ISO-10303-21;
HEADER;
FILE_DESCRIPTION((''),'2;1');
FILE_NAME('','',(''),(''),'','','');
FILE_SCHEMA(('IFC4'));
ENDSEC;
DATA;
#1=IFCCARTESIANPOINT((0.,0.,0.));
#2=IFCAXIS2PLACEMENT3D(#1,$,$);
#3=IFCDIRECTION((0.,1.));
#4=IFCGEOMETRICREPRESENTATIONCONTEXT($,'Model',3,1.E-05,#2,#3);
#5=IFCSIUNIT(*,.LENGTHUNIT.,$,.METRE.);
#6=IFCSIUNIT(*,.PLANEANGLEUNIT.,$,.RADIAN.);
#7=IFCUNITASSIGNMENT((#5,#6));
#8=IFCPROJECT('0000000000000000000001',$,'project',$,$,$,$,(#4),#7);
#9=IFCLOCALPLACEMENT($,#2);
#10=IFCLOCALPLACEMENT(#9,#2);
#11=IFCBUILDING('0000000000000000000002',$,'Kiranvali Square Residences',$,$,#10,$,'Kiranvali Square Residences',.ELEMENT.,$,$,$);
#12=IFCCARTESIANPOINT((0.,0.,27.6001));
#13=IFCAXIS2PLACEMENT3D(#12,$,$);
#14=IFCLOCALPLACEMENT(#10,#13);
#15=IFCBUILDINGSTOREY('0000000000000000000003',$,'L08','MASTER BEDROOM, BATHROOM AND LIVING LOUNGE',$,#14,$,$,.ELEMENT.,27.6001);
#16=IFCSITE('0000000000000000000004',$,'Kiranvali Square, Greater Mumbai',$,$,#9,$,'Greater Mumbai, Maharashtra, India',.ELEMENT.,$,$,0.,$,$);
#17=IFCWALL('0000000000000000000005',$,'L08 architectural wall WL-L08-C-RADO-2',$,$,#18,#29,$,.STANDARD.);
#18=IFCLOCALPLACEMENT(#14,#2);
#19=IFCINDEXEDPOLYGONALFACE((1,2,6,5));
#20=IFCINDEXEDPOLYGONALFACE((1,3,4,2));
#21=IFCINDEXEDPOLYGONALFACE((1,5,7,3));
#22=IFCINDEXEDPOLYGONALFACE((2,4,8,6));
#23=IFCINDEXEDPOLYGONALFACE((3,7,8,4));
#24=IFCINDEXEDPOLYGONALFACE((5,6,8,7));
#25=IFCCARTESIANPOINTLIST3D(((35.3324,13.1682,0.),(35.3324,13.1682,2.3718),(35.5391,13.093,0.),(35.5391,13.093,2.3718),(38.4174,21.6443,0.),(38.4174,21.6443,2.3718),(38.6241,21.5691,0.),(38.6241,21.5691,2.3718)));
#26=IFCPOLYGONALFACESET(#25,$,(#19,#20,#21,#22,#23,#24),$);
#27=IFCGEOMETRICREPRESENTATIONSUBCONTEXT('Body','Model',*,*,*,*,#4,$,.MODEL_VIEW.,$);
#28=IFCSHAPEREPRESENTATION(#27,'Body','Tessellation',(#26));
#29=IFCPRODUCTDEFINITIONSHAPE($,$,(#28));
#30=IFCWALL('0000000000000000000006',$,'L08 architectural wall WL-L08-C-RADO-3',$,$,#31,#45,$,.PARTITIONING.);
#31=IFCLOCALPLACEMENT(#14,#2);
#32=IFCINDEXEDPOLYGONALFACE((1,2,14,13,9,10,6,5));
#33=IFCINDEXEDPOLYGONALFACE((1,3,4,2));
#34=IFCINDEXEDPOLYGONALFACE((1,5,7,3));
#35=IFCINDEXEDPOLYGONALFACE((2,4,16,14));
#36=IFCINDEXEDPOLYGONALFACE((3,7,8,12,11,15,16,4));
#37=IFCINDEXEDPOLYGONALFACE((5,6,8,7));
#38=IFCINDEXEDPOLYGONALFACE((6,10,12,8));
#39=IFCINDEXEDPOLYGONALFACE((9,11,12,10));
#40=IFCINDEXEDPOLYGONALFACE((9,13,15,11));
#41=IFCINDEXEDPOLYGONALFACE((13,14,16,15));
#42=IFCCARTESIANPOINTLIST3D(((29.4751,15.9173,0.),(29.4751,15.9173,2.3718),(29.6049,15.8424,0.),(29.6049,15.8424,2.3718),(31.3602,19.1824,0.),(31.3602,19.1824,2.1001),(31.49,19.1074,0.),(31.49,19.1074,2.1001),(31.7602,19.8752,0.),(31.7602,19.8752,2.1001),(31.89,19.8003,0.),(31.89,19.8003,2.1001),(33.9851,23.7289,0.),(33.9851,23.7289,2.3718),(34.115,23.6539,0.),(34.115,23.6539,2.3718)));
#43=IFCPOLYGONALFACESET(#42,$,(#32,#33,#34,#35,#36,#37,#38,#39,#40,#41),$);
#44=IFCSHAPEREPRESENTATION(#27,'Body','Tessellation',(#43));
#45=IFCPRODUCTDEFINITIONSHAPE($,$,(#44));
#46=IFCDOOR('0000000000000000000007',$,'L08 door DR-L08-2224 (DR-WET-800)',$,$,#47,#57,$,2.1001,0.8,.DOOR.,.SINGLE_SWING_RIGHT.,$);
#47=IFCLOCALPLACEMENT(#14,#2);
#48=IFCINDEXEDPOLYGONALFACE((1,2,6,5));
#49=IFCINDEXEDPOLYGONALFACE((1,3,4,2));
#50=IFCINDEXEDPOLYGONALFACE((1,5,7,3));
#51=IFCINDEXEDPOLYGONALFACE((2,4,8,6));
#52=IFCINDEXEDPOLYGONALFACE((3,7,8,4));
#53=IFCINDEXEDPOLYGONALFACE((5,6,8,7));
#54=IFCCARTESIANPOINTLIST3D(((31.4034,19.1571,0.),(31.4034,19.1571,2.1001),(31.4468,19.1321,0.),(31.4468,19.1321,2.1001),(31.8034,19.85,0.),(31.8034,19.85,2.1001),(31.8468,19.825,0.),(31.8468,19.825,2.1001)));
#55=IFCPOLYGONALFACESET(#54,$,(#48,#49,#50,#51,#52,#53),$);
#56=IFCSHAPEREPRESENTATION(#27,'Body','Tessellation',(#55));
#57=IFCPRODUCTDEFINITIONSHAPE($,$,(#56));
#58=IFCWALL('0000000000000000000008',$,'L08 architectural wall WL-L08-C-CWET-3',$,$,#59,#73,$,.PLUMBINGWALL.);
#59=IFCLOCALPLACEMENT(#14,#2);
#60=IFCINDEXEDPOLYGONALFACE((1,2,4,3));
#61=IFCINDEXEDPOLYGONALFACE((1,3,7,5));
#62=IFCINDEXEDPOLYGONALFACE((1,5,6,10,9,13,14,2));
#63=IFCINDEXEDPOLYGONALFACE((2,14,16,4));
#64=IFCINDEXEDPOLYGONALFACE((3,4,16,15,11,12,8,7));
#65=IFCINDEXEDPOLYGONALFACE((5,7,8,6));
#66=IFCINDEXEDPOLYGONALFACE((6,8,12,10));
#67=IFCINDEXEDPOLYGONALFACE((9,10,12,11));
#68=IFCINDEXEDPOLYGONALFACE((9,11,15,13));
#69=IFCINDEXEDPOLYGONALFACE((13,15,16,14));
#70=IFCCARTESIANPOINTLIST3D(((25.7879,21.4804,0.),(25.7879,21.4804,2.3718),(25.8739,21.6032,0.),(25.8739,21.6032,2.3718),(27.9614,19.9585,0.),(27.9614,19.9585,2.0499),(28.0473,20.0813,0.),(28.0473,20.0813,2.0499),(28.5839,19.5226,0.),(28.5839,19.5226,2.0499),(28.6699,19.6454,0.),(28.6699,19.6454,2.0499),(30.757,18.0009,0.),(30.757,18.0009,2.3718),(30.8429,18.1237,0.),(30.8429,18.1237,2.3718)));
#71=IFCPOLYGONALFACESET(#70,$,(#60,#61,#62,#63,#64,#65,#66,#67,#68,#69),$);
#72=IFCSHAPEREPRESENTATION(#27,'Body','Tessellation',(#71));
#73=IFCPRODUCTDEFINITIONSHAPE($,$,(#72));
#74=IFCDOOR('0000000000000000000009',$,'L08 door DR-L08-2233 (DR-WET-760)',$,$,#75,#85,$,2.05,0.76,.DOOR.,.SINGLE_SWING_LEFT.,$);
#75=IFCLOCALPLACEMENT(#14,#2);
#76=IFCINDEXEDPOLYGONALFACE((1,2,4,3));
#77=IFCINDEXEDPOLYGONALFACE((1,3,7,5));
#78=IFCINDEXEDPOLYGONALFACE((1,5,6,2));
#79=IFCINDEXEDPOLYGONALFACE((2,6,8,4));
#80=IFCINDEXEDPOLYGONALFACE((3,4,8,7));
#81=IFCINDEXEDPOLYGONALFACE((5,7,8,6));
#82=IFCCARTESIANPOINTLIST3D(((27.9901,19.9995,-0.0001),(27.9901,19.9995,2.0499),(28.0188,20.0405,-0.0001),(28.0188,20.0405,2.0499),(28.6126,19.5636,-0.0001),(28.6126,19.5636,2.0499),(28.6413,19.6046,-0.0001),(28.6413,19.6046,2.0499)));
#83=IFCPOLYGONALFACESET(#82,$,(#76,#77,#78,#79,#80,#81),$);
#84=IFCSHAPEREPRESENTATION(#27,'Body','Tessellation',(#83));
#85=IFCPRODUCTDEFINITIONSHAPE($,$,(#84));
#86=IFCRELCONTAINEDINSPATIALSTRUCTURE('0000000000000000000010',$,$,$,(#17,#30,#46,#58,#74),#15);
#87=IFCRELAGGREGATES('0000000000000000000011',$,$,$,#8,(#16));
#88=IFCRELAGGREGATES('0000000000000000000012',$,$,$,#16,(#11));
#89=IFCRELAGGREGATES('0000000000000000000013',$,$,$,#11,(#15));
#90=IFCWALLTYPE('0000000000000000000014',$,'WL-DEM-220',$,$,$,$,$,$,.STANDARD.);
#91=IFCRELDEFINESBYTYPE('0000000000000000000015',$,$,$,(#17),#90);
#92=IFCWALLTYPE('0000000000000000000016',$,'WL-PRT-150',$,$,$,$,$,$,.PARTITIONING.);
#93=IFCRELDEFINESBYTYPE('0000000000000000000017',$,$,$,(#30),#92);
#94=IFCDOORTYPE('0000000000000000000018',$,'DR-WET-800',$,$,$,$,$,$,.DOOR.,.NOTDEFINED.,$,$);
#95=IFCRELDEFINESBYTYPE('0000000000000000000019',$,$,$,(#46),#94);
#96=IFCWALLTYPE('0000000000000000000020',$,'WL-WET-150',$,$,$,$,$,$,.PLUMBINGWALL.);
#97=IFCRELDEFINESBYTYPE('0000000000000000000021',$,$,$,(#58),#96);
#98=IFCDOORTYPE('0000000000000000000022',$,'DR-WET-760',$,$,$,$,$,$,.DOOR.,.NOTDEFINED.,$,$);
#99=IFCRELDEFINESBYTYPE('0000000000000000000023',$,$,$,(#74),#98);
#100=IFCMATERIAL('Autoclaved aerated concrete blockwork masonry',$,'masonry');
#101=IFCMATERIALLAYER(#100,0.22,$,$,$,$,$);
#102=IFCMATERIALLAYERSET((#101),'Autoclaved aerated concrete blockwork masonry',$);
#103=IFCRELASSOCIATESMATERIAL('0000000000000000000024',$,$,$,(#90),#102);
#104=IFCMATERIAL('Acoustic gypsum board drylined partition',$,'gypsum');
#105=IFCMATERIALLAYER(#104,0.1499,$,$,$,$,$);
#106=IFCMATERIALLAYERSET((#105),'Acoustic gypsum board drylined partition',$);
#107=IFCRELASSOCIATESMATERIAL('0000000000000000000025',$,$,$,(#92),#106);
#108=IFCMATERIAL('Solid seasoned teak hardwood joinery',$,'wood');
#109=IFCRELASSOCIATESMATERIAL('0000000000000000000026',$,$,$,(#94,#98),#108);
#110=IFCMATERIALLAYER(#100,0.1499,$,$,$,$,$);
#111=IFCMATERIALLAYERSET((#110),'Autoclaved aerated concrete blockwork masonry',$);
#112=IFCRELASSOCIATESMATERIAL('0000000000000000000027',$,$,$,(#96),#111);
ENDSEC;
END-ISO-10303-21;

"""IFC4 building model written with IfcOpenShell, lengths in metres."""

from ifc_helpers import new_model, si_unit, direction, frame, frame_2d, origin, place, context, subcontext, project, spatial, rectangle, extrude, material, layer, layer_set, type_object, element, fill, save


model = new_model("IFC4")

# Units and contexts
model_context = context("Model", 3, precision=1e-05, world=origin(), true_north=direction((0.0, 1.0)))
body_context = subcontext(model_context, "Body", "Model", "MODEL_VIEW")
ifc_project = project(units=[si_unit("LENGTHUNIT", "METRE"), si_unit("PLANEANGLEUNIT", "RADIAN")], contexts=[model_context])

# Site, building, storey
site_placement = place(None, origin())
site = spatial("IfcSite", under=ifc_project, at=site_placement, Name="Kiranvali Square, Greater Mumbai", LongName="Greater Mumbai, Maharashtra, India", CompositionType="ELEMENT", RefElevation=0.0)
building_placement = place(site_placement, origin())
building = spatial("IfcBuilding", under=site, at=building_placement, Name="Kiranvali Square Residences", LongName="Kiranvali Square Residences", CompositionType="ELEMENT")
storey_placement = place(building_placement, frame((0.0, 0.0, 27.6001)))
storey = spatial("IfcBuildingStorey", under=building, at=storey_placement, Name="L08", Description="MASTER BEDROOM, BATHROOM AND LIVING LOUNGE", CompositionType="ELEMENT", Elevation=27.6001)

# Wall
ifc_material_1 = material(Name="Autoclaved aerated concrete blockwork masonry", Category="masonry")
ifc_layer_1 = layer(ifc_material_1, 0.22)
ifc_layer_set_1 = layer_set([ifc_layer_1], Name="Autoclaved aerated concrete blockwork masonry")
wall_type_1 = type_object("IfcWallType", Name="WL-DEM-220", PredefinedType="STANDARD", material=ifc_layer_set_1)
wall_1_placement = place(storey_placement, frame((38.5208, 21.6067, 0.0), z_axis=(0.0, 0.0, 1.0), x_axis=(-0.342013, -0.939695, 0.0)))
element("IfcWall", 1, at=wall_1_placement, inside=storey, type_object=wall_type_1, Name="L08 architectural wall WL-L08-C-RADO-2", PredefinedType="STANDARD", context=body_context, shape_type="SweptSolid", body=[
    extrude(rectangle(XDim=9.02, YDim=0.22, at=frame_2d((4.51, 0.0))), origin(), (0.0, 0.0, 1.0), 2.3718),
])

# Walls, openings, doors
ifc_material_2 = material(Name="Acoustic gypsum board drylined partition", Category="gypsum")
ifc_layer_2 = layer(ifc_material_2, 0.1499)
ifc_layer_set_2 = layer_set([ifc_layer_2], Name="Acoustic gypsum board drylined partition")
wall_type_2 = type_object("IfcWallType", Name="WL-PRT-150", PredefinedType="PARTITIONING", material=ifc_layer_set_2)
wall_2_placement = place(storey_placement, frame((34.05, 23.6914, 0.0), z_axis=(0.0, 0.0, 1.0), x_axis=(-0.500002, -0.866024, 0.0)))
wall_2 = element("IfcWall", 2, at=wall_2_placement, inside=storey, type_object=wall_type_2, Name="L08 architectural wall WL-L08-C-RADO-3", PredefinedType="PARTITIONING", context=body_context, shape_type="SweptSolid", body=[
    extrude(rectangle(XDim=9.02, YDim=0.1499, at=frame_2d((4.51, 0.0))), origin(), (0.0, 0.0, 1.0), 2.3718),
])
opening_1_placement = place(wall_2_placement, frame((4.45, 0.0, 0.0)))
opening_1 = element("IfcOpeningElement", 3, at=opening_1_placement, cuts=wall_2, PredefinedType="OPENING", context=body_context, shape_type="SweptSolid", body=[
    extrude(rectangle(XDim=0.8, YDim=2.1001, at=frame_2d((0.3999, 1.05))), frame((0.0, 0.085, 0.0), z_axis=(0.0, -1.0, 0.0), x_axis=(1.0, 0.0, 0.0)), (0.0, 0.0, 1.0), 0.1699),
])
ifc_material_3 = material(Name="Solid seasoned teak hardwood joinery", Category="wood")
door_type_1 = type_object("IfcDoorType", Name="DR-WET-800", OperationType="NOTDEFINED", PredefinedType="DOOR", material=ifc_material_3)
door_1_placement = place(opening_1_placement, frame((0.8, 0.0, 0.0), z_axis=(0.0, 0.0, 1.0), x_axis=(-1.0, 0.0, 0.0)))
door_1 = element("IfcDoor", 4, at=door_1_placement, inside=storey, type_object=door_type_1, Name="L08 door DR-L08-2224 (DR-WET-800)", OperationType="SINGLE_SWING_RIGHT", OverallHeight=2.1001, OverallWidth=0.8, PredefinedType="DOOR", context=body_context, shape_type="SweptSolid", body=[
    extrude(rectangle(XDim=0.8, YDim=2.1001, at=frame_2d((0.3999, 1.05))), frame((0.0, 0.0249, 0.0), z_axis=(0.0, -1.0, 0.0), x_axis=(1.0, 0.0, 0.0)), (0.0, 0.0, 1.0), 0.05),
])
fill(opening_1, door_1)
ifc_layer_3 = layer(ifc_material_1, 0.1499)
ifc_layer_set_3 = layer_set([ifc_layer_3], Name="Autoclaved aerated concrete blockwork masonry")
wall_type_3 = type_object("IfcWallType", Name="WL-WET-150", PredefinedType="PLUMBINGWALL", material=ifc_layer_set_3)
wall_3_placement = place(storey_placement, frame((30.8, 18.0623, 0.0), z_axis=(0.0, 0.0, 1.0), x_axis=(-0.819139, 0.573595, 0.0)))
wall_3 = element("IfcWall", 5, at=wall_3_placement, inside=storey, type_object=wall_type_3, Name="L08 architectural wall WL-L08-C-CWET-3", PredefinedType="PLUMBINGWALL", context=body_context, shape_type="SweptSolid", body=[
    extrude(rectangle(XDim=6.0662, YDim=0.1499, at=frame_2d((3.0332, 0.0))), origin(), (0.0, 0.0, 1.0), 2.3718),
])
opening_2_placement = place(wall_3_placement, frame((2.6531, 0.0, 0.0)))
opening_2 = element("IfcOpeningElement", 6, at=opening_2_placement, cuts=wall_3, PredefinedType="OPENING", context=body_context, shape_type="SweptSolid", body=[
    extrude(rectangle(XDim=0.76, YDim=2.05, at=frame_2d((0.3799, 1.0249))), frame((0.0, 0.085, 0.0), z_axis=(0.0, -1.0, 0.0), x_axis=(1.0, 0.0, 0.0)), (0.0, 0.0, 1.0), 0.1699),
])
door_type_2 = type_object("IfcDoorType", Name="DR-WET-760", OperationType="NOTDEFINED", PredefinedType="DOOR", material=ifc_material_3)
door_2_placement = place(opening_2_placement, origin())
door_2 = element("IfcDoor", 7, at=door_2_placement, inside=storey, type_object=door_type_2, Name="L08 door DR-L08-2233 (DR-WET-760)", OperationType="SINGLE_SWING_LEFT", OverallHeight=2.05, OverallWidth=0.76, PredefinedType="DOOR", context=body_context, shape_type="SweptSolid", body=[
    extrude(rectangle(XDim=0.76, YDim=2.05, at=frame_2d((0.3799, 1.0249))), frame((0.0, 0.0249, 0.0), z_axis=(0.0, -1.0, 0.0), x_axis=(1.0, 0.0, 0.0)), (0.0, 0.0, 1.0), 0.05),
])
fill(opening_2, door_2)

save(model, "model.ifc")
